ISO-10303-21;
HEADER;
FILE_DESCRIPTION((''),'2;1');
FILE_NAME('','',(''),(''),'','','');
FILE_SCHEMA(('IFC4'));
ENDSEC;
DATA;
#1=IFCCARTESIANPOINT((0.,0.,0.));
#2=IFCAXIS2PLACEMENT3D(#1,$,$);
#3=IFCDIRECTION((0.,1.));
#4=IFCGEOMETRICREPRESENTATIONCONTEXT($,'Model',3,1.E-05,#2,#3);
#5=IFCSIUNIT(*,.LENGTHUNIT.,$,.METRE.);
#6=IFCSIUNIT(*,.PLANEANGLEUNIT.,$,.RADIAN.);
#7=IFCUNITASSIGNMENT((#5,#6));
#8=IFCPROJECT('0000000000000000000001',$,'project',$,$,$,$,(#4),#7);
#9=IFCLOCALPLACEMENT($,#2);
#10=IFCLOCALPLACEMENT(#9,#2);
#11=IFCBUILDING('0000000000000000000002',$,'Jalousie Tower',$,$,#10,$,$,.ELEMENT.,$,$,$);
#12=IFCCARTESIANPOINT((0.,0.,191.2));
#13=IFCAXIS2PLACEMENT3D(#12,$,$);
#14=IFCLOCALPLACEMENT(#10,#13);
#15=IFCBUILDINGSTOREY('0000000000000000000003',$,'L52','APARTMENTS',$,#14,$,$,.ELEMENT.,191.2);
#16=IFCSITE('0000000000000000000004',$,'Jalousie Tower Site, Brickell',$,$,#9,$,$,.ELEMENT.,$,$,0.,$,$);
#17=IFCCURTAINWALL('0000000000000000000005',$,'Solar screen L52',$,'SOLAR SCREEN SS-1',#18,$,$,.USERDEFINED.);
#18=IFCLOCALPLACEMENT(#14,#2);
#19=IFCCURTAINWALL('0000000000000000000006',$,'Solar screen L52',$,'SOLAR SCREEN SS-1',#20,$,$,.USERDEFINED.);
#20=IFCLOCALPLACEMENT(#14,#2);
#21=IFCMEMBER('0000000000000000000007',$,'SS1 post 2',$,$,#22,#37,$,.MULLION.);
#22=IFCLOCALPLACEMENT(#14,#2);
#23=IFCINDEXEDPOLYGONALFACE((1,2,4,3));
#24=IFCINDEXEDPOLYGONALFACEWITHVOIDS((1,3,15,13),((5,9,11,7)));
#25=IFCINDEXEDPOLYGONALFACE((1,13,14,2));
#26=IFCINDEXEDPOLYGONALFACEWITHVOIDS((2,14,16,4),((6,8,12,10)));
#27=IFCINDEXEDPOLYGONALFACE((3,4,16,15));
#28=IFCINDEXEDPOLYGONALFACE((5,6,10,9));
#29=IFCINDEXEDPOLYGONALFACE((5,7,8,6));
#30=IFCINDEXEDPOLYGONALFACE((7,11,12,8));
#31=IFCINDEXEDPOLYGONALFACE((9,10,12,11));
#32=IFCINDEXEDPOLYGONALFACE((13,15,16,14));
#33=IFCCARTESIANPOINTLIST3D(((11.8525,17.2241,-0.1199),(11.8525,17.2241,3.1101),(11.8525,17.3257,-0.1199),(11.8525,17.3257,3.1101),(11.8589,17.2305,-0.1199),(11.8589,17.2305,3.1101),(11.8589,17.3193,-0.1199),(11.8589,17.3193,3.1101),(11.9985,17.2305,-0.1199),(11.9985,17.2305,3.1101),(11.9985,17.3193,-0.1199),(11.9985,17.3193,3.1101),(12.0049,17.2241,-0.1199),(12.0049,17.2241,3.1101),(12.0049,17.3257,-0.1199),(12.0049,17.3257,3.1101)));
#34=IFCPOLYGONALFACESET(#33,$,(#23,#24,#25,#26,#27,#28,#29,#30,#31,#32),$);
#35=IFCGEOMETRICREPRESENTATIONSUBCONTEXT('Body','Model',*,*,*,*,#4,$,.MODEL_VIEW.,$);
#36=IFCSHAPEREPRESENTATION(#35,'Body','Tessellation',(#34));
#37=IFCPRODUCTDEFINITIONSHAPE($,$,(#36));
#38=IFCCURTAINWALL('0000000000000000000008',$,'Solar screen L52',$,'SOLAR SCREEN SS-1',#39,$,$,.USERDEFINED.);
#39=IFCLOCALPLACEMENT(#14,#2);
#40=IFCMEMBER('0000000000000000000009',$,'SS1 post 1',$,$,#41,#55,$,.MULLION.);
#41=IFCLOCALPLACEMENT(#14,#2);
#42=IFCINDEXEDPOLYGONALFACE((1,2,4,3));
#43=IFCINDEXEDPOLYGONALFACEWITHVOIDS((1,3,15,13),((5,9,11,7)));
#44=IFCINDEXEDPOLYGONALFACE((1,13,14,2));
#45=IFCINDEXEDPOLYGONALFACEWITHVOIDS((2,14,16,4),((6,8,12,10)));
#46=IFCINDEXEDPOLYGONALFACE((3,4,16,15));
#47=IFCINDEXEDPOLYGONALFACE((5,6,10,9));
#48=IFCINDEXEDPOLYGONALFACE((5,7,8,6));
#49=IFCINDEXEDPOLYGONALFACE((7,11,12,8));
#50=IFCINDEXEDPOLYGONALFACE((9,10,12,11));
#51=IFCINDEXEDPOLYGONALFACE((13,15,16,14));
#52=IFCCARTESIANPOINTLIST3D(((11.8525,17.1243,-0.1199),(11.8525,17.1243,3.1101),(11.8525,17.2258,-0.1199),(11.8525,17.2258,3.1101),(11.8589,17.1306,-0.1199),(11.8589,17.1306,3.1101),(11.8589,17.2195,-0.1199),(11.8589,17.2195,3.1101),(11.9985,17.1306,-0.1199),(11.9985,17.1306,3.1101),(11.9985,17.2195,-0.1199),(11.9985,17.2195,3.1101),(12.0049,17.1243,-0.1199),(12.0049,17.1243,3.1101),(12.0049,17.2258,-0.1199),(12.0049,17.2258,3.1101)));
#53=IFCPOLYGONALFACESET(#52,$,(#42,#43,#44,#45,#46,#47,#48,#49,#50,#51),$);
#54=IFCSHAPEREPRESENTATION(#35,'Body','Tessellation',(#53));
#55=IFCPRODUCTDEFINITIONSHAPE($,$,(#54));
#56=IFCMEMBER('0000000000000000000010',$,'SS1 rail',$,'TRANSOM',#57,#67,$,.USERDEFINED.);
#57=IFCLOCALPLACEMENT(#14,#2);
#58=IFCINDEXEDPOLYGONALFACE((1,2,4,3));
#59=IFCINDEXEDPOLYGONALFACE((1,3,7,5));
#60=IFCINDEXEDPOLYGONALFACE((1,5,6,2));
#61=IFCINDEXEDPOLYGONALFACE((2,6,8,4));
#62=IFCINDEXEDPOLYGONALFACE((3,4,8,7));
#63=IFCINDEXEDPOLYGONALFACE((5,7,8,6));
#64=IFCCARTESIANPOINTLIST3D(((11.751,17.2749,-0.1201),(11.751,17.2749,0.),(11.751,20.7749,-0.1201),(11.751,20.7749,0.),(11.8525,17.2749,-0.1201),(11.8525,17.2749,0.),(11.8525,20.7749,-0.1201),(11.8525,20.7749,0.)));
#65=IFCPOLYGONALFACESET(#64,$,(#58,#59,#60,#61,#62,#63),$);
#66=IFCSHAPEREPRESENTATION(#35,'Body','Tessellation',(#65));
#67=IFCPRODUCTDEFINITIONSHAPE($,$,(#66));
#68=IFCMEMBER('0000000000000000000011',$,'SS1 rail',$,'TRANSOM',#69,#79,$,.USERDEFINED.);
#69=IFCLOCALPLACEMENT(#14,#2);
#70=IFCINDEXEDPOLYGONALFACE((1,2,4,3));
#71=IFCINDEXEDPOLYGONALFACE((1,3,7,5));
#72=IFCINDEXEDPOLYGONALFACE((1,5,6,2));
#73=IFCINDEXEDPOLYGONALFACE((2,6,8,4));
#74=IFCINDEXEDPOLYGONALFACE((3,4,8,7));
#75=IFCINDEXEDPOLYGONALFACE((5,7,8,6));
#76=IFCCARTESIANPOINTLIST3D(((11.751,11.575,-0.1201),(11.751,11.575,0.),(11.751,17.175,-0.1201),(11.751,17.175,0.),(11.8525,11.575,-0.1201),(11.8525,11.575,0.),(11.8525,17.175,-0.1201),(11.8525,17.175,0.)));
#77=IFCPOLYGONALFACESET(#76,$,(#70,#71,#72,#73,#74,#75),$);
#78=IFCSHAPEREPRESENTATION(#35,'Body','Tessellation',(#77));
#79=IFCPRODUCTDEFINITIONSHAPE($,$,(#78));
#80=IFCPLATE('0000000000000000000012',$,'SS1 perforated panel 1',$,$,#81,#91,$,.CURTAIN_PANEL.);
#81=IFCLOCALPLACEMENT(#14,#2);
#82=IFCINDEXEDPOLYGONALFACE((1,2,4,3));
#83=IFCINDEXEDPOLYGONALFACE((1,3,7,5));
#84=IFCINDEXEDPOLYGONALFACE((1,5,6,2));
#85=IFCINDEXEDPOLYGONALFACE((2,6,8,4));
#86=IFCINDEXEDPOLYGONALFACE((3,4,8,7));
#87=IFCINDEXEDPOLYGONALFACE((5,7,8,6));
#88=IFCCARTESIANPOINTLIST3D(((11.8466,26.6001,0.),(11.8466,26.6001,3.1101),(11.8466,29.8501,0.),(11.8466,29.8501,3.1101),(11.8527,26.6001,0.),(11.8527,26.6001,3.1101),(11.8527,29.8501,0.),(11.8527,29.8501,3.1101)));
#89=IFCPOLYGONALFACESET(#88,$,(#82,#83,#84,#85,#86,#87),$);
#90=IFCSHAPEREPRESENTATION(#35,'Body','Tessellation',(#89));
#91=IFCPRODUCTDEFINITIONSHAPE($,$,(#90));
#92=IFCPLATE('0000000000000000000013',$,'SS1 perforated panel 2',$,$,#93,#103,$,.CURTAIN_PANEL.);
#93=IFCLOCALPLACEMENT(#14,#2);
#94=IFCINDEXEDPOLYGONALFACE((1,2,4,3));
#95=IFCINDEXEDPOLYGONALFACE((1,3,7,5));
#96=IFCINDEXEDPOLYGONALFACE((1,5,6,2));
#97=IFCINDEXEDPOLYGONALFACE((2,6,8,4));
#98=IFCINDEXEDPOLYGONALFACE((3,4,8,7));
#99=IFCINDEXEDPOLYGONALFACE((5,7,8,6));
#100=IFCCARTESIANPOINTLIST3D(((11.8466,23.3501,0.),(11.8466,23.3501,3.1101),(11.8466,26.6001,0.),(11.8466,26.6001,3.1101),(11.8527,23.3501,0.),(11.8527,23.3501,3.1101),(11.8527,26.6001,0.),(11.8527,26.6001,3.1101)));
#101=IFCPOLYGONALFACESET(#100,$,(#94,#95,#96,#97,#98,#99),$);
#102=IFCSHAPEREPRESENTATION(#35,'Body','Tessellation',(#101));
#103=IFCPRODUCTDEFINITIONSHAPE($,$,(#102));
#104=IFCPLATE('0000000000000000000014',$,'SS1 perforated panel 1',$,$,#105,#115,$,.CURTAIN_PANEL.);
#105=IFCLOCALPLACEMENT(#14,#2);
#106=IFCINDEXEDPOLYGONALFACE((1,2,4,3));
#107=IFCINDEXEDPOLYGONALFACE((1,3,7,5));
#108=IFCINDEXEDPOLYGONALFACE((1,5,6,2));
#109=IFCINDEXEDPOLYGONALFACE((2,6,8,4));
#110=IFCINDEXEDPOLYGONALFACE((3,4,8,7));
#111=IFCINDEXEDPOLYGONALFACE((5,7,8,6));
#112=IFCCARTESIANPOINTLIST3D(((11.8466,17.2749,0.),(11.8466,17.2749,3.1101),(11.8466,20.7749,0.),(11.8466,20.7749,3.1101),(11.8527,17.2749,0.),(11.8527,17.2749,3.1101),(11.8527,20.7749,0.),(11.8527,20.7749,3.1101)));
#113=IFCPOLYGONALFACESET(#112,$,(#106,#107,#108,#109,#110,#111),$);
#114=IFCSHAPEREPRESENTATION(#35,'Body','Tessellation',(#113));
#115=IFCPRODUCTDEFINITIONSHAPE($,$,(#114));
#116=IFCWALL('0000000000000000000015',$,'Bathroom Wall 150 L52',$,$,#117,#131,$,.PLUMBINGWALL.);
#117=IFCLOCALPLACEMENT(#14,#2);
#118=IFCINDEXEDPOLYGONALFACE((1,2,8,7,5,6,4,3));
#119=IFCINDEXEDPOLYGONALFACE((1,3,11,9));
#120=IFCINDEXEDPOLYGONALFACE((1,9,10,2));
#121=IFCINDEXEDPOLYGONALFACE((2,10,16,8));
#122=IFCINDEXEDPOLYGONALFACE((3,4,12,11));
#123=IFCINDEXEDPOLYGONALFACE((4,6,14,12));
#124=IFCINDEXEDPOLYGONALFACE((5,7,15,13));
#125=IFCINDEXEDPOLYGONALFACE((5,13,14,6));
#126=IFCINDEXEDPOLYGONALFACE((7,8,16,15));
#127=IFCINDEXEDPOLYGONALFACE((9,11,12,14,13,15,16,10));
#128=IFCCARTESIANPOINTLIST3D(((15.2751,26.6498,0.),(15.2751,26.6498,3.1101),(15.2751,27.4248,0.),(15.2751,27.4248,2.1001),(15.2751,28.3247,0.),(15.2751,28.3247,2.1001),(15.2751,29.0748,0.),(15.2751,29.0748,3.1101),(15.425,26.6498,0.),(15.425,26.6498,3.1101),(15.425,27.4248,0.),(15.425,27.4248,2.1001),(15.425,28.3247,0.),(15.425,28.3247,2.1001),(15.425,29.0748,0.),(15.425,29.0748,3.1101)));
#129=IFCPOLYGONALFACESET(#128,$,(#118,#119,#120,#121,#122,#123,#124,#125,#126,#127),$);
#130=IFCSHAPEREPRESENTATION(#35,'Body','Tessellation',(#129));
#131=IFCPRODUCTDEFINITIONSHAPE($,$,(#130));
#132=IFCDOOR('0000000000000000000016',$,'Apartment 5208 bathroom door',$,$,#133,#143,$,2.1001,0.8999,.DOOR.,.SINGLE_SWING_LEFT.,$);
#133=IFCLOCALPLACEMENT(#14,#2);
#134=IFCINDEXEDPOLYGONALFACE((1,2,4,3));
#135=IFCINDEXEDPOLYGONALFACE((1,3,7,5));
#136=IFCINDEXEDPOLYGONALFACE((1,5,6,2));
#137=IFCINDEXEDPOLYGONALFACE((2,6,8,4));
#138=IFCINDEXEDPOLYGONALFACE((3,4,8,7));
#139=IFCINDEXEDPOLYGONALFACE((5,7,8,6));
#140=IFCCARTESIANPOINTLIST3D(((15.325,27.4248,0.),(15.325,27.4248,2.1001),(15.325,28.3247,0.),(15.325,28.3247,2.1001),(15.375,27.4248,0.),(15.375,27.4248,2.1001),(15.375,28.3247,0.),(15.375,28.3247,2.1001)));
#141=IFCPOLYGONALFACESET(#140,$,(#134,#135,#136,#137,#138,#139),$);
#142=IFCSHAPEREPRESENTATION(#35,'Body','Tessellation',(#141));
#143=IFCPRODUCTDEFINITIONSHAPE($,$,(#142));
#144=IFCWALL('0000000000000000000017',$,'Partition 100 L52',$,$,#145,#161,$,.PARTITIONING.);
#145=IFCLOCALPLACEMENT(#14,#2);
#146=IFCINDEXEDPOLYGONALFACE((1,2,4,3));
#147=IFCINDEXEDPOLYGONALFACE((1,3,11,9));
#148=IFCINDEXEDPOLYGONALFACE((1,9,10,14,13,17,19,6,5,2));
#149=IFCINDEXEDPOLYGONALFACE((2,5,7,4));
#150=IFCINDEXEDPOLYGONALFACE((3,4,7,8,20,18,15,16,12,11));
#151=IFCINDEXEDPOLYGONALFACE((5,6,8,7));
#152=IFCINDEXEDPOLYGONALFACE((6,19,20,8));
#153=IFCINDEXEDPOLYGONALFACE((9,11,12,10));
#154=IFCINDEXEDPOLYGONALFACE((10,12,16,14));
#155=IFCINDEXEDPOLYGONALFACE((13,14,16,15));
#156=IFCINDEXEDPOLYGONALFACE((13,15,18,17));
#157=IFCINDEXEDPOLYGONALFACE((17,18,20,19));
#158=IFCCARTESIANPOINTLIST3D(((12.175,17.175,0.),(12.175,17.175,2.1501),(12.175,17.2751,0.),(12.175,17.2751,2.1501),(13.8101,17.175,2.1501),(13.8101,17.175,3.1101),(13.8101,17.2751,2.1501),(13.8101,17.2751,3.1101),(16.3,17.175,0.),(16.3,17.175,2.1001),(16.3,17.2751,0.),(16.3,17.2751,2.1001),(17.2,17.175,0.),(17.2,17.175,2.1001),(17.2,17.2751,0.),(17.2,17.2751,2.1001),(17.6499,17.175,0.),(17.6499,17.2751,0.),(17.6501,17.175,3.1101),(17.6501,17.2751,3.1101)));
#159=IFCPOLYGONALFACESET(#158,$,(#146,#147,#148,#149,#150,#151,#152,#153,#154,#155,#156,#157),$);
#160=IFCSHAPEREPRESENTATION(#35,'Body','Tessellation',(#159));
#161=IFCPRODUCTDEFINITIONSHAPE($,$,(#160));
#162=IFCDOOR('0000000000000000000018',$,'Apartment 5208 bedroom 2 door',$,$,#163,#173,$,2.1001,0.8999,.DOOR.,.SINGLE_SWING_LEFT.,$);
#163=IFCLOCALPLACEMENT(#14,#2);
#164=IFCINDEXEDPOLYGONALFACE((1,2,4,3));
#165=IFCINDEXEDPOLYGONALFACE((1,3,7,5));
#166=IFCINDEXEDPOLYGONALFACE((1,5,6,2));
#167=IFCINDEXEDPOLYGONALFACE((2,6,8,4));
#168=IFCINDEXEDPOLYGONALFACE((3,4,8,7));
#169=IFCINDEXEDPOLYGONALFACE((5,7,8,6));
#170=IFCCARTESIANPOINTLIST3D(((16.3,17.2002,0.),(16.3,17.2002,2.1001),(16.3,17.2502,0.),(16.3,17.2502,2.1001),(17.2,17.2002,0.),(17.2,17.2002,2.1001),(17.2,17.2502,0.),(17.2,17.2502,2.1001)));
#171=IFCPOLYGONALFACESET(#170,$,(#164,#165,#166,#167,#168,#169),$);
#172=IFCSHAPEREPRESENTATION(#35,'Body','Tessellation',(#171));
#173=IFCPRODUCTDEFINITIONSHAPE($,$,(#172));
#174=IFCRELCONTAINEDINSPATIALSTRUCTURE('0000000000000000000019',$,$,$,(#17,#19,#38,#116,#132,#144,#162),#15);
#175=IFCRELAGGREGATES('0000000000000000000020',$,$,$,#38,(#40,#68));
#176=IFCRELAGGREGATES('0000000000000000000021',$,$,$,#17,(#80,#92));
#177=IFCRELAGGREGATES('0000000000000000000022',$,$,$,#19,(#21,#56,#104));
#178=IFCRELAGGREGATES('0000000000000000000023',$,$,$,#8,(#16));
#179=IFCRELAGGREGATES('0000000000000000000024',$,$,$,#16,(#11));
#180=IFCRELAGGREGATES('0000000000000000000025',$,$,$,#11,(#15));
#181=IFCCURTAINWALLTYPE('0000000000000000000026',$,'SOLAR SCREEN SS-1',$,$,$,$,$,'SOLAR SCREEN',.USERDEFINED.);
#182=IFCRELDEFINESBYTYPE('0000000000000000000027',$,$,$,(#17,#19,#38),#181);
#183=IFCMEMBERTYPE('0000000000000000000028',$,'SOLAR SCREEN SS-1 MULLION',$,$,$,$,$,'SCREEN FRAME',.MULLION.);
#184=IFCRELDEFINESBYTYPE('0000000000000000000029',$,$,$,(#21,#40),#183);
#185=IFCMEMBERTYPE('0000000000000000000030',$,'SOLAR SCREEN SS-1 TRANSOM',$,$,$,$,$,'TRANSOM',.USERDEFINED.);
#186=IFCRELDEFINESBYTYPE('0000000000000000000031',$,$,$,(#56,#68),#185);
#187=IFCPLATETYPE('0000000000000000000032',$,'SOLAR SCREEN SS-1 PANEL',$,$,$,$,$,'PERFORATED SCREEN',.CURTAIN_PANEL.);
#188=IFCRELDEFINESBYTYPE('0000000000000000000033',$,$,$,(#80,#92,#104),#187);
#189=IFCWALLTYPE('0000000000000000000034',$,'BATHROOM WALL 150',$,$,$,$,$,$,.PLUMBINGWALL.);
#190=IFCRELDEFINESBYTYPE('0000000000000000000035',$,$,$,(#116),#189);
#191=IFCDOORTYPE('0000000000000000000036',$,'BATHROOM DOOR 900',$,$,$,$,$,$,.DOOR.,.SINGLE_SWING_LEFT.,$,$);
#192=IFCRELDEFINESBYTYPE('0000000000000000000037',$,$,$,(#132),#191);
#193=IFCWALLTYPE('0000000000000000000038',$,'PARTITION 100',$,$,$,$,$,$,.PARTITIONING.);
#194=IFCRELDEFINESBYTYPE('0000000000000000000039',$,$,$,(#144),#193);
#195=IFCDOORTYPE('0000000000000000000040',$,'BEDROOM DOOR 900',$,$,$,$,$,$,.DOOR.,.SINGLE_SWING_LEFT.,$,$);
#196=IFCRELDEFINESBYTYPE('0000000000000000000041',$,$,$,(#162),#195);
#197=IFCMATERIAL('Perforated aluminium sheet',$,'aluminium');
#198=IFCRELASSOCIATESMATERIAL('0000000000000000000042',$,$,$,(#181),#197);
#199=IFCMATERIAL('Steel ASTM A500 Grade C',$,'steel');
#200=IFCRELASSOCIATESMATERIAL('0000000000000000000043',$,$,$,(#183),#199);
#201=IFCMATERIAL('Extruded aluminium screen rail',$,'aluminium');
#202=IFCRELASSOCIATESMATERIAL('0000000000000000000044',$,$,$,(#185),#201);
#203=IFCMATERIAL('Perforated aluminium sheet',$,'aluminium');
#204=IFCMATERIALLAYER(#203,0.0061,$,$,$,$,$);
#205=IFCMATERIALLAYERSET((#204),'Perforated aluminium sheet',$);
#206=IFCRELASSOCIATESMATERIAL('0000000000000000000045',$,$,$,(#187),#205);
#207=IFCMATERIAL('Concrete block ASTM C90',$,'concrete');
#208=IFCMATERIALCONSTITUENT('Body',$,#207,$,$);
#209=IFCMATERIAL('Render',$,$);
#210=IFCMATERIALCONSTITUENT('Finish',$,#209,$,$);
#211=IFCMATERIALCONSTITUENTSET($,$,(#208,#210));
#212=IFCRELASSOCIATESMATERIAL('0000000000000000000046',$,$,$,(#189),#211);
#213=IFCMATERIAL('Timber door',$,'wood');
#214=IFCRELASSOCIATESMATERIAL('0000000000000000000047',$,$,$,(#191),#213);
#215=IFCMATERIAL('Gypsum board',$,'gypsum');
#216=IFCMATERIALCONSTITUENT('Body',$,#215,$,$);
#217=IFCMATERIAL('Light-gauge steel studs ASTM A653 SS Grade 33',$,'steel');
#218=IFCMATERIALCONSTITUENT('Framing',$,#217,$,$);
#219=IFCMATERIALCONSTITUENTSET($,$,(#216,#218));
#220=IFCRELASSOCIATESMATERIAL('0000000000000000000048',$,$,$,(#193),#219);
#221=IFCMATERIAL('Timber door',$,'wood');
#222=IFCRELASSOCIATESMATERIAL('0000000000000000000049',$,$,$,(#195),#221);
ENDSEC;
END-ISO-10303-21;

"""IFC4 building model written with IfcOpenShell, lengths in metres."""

from ifc_helpers import new_model, si_unit, direction, frame, frame_2d, origin, origin_2d, place, context, subcontext, project, spatial, polyline, rectangle, hollow_rectangle, outline, extrude, material, layer, layer_set, constituent, constituent_set, material_profile, profile_set, type_object, element, fill, aggregate, save


model = new_model("IFC4")

# Units and contexts
model_context = context("Model", 3, precision=1e-05, world=origin(), true_north=direction((0.0, 1.0)))
body_context = subcontext(model_context, "Body", "Model", "MODEL_VIEW")
ifc_project = project(units=[si_unit("LENGTHUNIT", "METRE"), si_unit("PLANEANGLEUNIT", "RADIAN")], contexts=[model_context])

# Site, building, storey
site_placement = place(None, origin())
site = spatial("IfcSite", under=ifc_project, at=site_placement, Name="Jalousie Tower Site, Brickell", CompositionType="ELEMENT", RefElevation=0.0)
building_placement = place(site_placement, origin())
building = spatial("IfcBuilding", under=site, at=building_placement, Name="Jalousie Tower", CompositionType="ELEMENT")
storey_placement = place(building_placement, frame((0.0, 0.0, 191.2)))
storey = spatial("IfcBuildingStorey", under=building, at=storey_placement, Name="L52", Description="APARTMENTS", CompositionType="ELEMENT", Elevation=191.2)

# Curtain walls, member
ifc_material_1 = material(Name="Perforated aluminium sheet", Category="aluminium")
curtain_wall_type = type_object("IfcCurtainWallType", Name="SOLAR SCREEN SS-1", ElementType="SOLAR SCREEN", PredefinedType="USERDEFINED", material=ifc_material_1)
curtain_wall_1_placement = place(storey_placement, origin())
curtain_wall_1 = element("IfcCurtainWall", 1, at=curtain_wall_1_placement, inside=storey, type_object=curtain_wall_type, Name="Solar screen L52", ObjectType="SOLAR SCREEN SS-1", PredefinedType="USERDEFINED")
ifc_material_2 = material(Name="Steel ASTM A500 Grade C", Category="steel")
ifc_material_profile_1 = material_profile(ifc_material_2, hollow_rectangle(XDim=0.1016, YDim=0.1523, WallThickness=0.0063, at=origin_2d()), Name="HSS6X4X1/4")
ifc_profile_set_1 = profile_set([ifc_material_profile_1], Name="Steel ASTM A500 Grade C")
member_type_1 = type_object("IfcMemberType", Name="SOLAR SCREEN SS-1 MULLION", ElementType="SCREEN FRAME", PredefinedType="MULLION", material=ifc_profile_set_1)
curtain_wall_2_placement = place(storey_placement, origin())
curtain_wall_2 = element("IfcCurtainWall", 2, at=curtain_wall_2_placement, inside=storey, type_object=curtain_wall_type, Name="Solar screen L52", ObjectType="SOLAR SCREEN SS-1", PredefinedType="USERDEFINED")
member_1_placement = place(storey_placement, frame((11.9287, 17.2749, -0.1199), z_axis=(0.0, 0.0, 1.0), x_axis=(0.0, -1.0, 0.0)))
member_1 = element("IfcMember", 3, at=member_1_placement, type_object=member_type_1, Name="SS1 post 2", PredefinedType="MULLION", context=body_context, shape_type="SweptSolid", body=[
    extrude(hollow_rectangle(XDim=0.1016, YDim=0.1523, WallThickness=0.0063, at=origin_2d()), origin(), (0.0, 0.0, 1.0), 3.23),
])

# Curtain wall, member
curtain_wall_3_placement = place(storey_placement, origin())
curtain_wall_3 = element("IfcCurtainWall", 4, at=curtain_wall_3_placement, inside=storey, type_object=curtain_wall_type, Name="Solar screen L52", ObjectType="SOLAR SCREEN SS-1", PredefinedType="USERDEFINED")
member_2_placement = place(storey_placement, frame((11.9287, 17.175, -0.1199), z_axis=(0.0, 0.0, 1.0), x_axis=(0.0, -1.0, 0.0)))
member_2 = element("IfcMember", 5, at=member_2_placement, type_object=member_type_1, Name="SS1 post 1", PredefinedType="MULLION", context=body_context, shape_type="SweptSolid", body=[
    extrude(hollow_rectangle(XDim=0.1016, YDim=0.1523, WallThickness=0.0063, at=origin_2d()), origin(), (0.0, 0.0, 1.0), 3.23),
])

# Members
ifc_material_3 = material(Name="Extruded aluminium screen rail", Category="aluminium")
ifc_material_profile_2 = material_profile(ifc_material_3, rectangle(XDim=0.1016, YDim=0.1201, at=origin_2d()), Name="RAIL 102x120")
ifc_profile_set_2 = profile_set([ifc_material_profile_2], Name="Extruded aluminium screen rail")
member_type_2 = type_object("IfcMemberType", Name="SOLAR SCREEN SS-1 TRANSOM", ElementType="TRANSOM", PredefinedType="USERDEFINED", material=ifc_profile_set_2)
member_3_placement = place(storey_placement, frame((11.8018, 20.7749, -0.0601), z_axis=(0.0, -1.0, 0.0), x_axis=(1.0, 0.0, 0.0)))
member_3 = element("IfcMember", 6, at=member_3_placement, type_object=member_type_2, Name="SS1 rail", ObjectType="TRANSOM", PredefinedType="USERDEFINED", context=body_context, shape_type="SweptSolid", body=[
    extrude(rectangle(XDim=0.1016, YDim=0.1201, at=origin_2d()), origin(), (0.0, 0.0, 1.0), 3.5),
])
member_4_placement = place(storey_placement, frame((11.8018, 17.175, -0.0601), z_axis=(0.0, -1.0, 0.0), x_axis=(1.0, 0.0, 0.0)))
member_4 = element("IfcMember", 7, at=member_4_placement, type_object=member_type_2, Name="SS1 rail", ObjectType="TRANSOM", PredefinedType="USERDEFINED", context=body_context, shape_type="SweptSolid", body=[
    extrude(rectangle(XDim=0.1016, YDim=0.1201, at=origin_2d()), origin(), (0.0, 0.0, 1.0), 5.6001),
])
aggregate(curtain_wall_3, [member_2, member_4])

# Plates
ifc_material_4 = material(Name="Perforated aluminium sheet", Category="aluminium")
ifc_layer = layer(ifc_material_4, 0.0061)
ifc_layer_set = layer_set([ifc_layer], Name="Perforated aluminium sheet")
plate_type = type_object("IfcPlateType", Name="SOLAR SCREEN SS-1 PANEL", ElementType="PERFORATED SCREEN", PredefinedType="CURTAIN_PANEL", material=ifc_layer_set)
plate_1_placement = place(storey_placement, frame((11.8496, 28.2251, 0.0), z_axis=(0.0, 0.0, 1.0), x_axis=(0.0, -1.0, 0.0)))
plate_1 = element("IfcPlate", 8, at=plate_1_placement, type_object=plate_type, Name="SS1 perforated panel 1", PredefinedType="CURTAIN_PANEL", context=body_context, shape_type="SweptSolid", body=[
    extrude(rectangle(XDim=3.25, YDim=0.0061, at=origin_2d()), origin(), (0.0, 0.0, 1.0), 3.1101),
])
plate_2_placement = place(storey_placement, frame((11.8496, 24.9751, 0.0), z_axis=(0.0, 0.0, 1.0), x_axis=(0.0, -1.0, 0.0)))
plate_2 = element("IfcPlate", 9, at=plate_2_placement, type_object=plate_type, Name="SS1 perforated panel 2", PredefinedType="CURTAIN_PANEL", context=body_context, shape_type="SweptSolid", body=[
    extrude(rectangle(XDim=3.25, YDim=0.0061, at=origin_2d()), origin(), (0.0, 0.0, 1.0), 3.1101),
])
aggregate(curtain_wall_1, [plate_1, plate_2])
plate_3_placement = place(storey_placement, frame((11.8496, 19.0249, 0.0), z_axis=(0.0, 0.0, 1.0), x_axis=(0.0, -1.0, 0.0)))
plate_3 = element("IfcPlate", 10, at=plate_3_placement, type_object=plate_type, Name="SS1 perforated panel 1", PredefinedType="CURTAIN_PANEL", context=body_context, shape_type="SweptSolid", body=[
    extrude(rectangle(XDim=3.5, YDim=0.0061, at=origin_2d()), origin(), (0.0, 0.0, 1.0), 3.1101),
])
aggregate(curtain_wall_2, [member_1, member_3, plate_3])

# Walls, openings, doors
ifc_material_5 = material(Name="Concrete block ASTM C90", Category="concrete")
ifc_constituent_1 = constituent(ifc_material_5, Name="Body")
ifc_material_6 = material(Name="Render")
ifc_constituent_2 = constituent(ifc_material_6, Name="Finish")
ifc_constituent_set_1 = constituent_set(constituents=[ifc_constituent_1, ifc_constituent_2])
wall_type_1 = type_object("IfcWallType", Name="BATHROOM WALL 150", PredefinedType="PLUMBINGWALL", material=ifc_constituent_set_1)
wall_1_placement = place(storey_placement, frame((15.3501, 26.6499, 0.0), z_axis=(0.0, 0.0, 1.0), x_axis=(0.0, 1.0, 0.0)))
wall_1 = element("IfcWall", 11, at=wall_1_placement, inside=storey, type_object=wall_type_1, Name="Bathroom Wall 150 L52", PredefinedType="PLUMBINGWALL", context=body_context, shape_type="SweptSolid", body=[
    extrude(rectangle(XDim=2.425, YDim=0.1499, at=frame_2d((1.2124, 0.0))), origin(), (0.0, 0.0, 1.0), 3.1101),
])
opening_1_placement = place(wall_1_placement, frame((0.7749, 0.0, 0.0)))
opening_1 = element("IfcOpeningElement", 12, at=opening_1_placement, cuts=wall_1, PredefinedType="OPENING", context=body_context, shape_type="SweptSolid", body=[
    extrude(rectangle(XDim=0.8999, YDim=2.1001, at=frame_2d((0.45, 1.05))), frame((0.0, 0.085, 0.0), z_axis=(0.0, -1.0, 0.0), x_axis=(1.0, 0.0, 0.0)), (0.0, 0.0, 1.0), 0.1699),
])
ifc_material_7 = material(Name="Timber door", Category="wood")
door_type_1 = type_object("IfcDoorType", Name="BATHROOM DOOR 900", OperationType="SINGLE_SWING_LEFT", PredefinedType="DOOR", material=ifc_material_7)
door_1_placement = place(opening_1_placement, frame((0.8999, 0.0, 0.0), z_axis=(0.0, 0.0, 1.0), x_axis=(-1.0, 0.0, 0.0)))
door_1 = element("IfcDoor", 13, at=door_1_placement, inside=storey, type_object=door_type_1, Name="Apartment 5208 bathroom door", OperationType="SINGLE_SWING_LEFT", OverallHeight=2.1001, OverallWidth=0.8999, PredefinedType="DOOR", context=body_context, shape_type="SweptSolid", body=[
    extrude(rectangle(XDim=0.8999, YDim=2.1001, at=frame_2d((0.45, 1.05))), frame((0.0, 0.0249, 0.0), z_axis=(0.0, -1.0, 0.0), x_axis=(1.0, 0.0, 0.0)), (0.0, 0.0, 1.0), 0.05),
])
fill(opening_1, door_1)
ifc_material_8 = material(Name="Gypsum board", Category="gypsum")
ifc_constituent_3 = constituent(ifc_material_8, Name="Body")
ifc_material_9 = material(Name="Light-gauge steel studs ASTM A653 SS Grade 33", Category="steel")
ifc_constituent_4 = constituent(ifc_material_9, Name="Framing")
ifc_constituent_set_2 = constituent_set(constituents=[ifc_constituent_3, ifc_constituent_4])
wall_type_2 = type_object("IfcWallType", Name="PARTITION 100", PredefinedType="PARTITIONING", material=ifc_constituent_set_2)
wall_2_placement = place(storey_placement, frame((12.175, 17.2251, 0.0), z_axis=(0.0, 0.0, 1.0), x_axis=(1.0, 0.0, 0.0)))
wall_2 = element("IfcWall", 14, at=wall_2_placement, inside=storey, type_object=wall_type_2, Name="Partition 100 L52", PredefinedType="PARTITIONING", context=body_context, shape_type="SweptSolid", body=[
    extrude(outline(polyline([(0.0, 0.0), (5.4749, 0.0), (5.4751, 3.1101), (1.635, 3.1101), (1.635, 2.1501), (0.0, 2.1501), (0.0, 3.1101), (0.0, 0.0)])), frame((0.0, 0.05, 0.0), z_axis=(0.0, -1.0, 0.0), x_axis=(1.0, 0.0, 0.0)), (0.0, 0.0, 1.0), 0.1001),
])
opening_2_placement = place(wall_2_placement, frame((4.125, 0.0, 0.0)))
opening_2 = element("IfcOpeningElement", 15, at=opening_2_placement, cuts=wall_2, PredefinedType="OPENING", context=body_context, shape_type="SweptSolid", body=[
    extrude(rectangle(XDim=0.8999, YDim=2.1001, at=frame_2d((0.45, 1.05))), frame((0.0, 0.0601, 0.0), z_axis=(0.0, -1.0, 0.0), x_axis=(1.0, 0.0, 0.0)), (0.0, 0.0, 1.0), 0.1201),
])
ifc_material_10 = material(Name="Timber door", Category="wood")
door_type_2 = type_object("IfcDoorType", Name="BEDROOM DOOR 900", OperationType="SINGLE_SWING_LEFT", PredefinedType="DOOR", material=ifc_material_10)
door_2_placement = place(opening_2_placement, frame((0.8999, 0.0, 0.0), z_axis=(0.0, 0.0, 1.0), x_axis=(-1.0, 0.0, 0.0)))
door_2 = element("IfcDoor", 16, at=door_2_placement, inside=storey, type_object=door_type_2, Name="Apartment 5208 bedroom 2 door", OperationType="SINGLE_SWING_LEFT", OverallHeight=2.1001, OverallWidth=0.8999, PredefinedType="DOOR", context=body_context, shape_type="SweptSolid", body=[
    extrude(rectangle(XDim=0.8999, YDim=2.1001, at=frame_2d((0.45, 1.05))), frame((0.0, 0.0249, 0.0), z_axis=(0.0, -1.0, 0.0), x_axis=(1.0, 0.0, 0.0)), (0.0, 0.0, 1.0), 0.05),
])
fill(opening_2, door_2)

save(model, "model.ifc")
